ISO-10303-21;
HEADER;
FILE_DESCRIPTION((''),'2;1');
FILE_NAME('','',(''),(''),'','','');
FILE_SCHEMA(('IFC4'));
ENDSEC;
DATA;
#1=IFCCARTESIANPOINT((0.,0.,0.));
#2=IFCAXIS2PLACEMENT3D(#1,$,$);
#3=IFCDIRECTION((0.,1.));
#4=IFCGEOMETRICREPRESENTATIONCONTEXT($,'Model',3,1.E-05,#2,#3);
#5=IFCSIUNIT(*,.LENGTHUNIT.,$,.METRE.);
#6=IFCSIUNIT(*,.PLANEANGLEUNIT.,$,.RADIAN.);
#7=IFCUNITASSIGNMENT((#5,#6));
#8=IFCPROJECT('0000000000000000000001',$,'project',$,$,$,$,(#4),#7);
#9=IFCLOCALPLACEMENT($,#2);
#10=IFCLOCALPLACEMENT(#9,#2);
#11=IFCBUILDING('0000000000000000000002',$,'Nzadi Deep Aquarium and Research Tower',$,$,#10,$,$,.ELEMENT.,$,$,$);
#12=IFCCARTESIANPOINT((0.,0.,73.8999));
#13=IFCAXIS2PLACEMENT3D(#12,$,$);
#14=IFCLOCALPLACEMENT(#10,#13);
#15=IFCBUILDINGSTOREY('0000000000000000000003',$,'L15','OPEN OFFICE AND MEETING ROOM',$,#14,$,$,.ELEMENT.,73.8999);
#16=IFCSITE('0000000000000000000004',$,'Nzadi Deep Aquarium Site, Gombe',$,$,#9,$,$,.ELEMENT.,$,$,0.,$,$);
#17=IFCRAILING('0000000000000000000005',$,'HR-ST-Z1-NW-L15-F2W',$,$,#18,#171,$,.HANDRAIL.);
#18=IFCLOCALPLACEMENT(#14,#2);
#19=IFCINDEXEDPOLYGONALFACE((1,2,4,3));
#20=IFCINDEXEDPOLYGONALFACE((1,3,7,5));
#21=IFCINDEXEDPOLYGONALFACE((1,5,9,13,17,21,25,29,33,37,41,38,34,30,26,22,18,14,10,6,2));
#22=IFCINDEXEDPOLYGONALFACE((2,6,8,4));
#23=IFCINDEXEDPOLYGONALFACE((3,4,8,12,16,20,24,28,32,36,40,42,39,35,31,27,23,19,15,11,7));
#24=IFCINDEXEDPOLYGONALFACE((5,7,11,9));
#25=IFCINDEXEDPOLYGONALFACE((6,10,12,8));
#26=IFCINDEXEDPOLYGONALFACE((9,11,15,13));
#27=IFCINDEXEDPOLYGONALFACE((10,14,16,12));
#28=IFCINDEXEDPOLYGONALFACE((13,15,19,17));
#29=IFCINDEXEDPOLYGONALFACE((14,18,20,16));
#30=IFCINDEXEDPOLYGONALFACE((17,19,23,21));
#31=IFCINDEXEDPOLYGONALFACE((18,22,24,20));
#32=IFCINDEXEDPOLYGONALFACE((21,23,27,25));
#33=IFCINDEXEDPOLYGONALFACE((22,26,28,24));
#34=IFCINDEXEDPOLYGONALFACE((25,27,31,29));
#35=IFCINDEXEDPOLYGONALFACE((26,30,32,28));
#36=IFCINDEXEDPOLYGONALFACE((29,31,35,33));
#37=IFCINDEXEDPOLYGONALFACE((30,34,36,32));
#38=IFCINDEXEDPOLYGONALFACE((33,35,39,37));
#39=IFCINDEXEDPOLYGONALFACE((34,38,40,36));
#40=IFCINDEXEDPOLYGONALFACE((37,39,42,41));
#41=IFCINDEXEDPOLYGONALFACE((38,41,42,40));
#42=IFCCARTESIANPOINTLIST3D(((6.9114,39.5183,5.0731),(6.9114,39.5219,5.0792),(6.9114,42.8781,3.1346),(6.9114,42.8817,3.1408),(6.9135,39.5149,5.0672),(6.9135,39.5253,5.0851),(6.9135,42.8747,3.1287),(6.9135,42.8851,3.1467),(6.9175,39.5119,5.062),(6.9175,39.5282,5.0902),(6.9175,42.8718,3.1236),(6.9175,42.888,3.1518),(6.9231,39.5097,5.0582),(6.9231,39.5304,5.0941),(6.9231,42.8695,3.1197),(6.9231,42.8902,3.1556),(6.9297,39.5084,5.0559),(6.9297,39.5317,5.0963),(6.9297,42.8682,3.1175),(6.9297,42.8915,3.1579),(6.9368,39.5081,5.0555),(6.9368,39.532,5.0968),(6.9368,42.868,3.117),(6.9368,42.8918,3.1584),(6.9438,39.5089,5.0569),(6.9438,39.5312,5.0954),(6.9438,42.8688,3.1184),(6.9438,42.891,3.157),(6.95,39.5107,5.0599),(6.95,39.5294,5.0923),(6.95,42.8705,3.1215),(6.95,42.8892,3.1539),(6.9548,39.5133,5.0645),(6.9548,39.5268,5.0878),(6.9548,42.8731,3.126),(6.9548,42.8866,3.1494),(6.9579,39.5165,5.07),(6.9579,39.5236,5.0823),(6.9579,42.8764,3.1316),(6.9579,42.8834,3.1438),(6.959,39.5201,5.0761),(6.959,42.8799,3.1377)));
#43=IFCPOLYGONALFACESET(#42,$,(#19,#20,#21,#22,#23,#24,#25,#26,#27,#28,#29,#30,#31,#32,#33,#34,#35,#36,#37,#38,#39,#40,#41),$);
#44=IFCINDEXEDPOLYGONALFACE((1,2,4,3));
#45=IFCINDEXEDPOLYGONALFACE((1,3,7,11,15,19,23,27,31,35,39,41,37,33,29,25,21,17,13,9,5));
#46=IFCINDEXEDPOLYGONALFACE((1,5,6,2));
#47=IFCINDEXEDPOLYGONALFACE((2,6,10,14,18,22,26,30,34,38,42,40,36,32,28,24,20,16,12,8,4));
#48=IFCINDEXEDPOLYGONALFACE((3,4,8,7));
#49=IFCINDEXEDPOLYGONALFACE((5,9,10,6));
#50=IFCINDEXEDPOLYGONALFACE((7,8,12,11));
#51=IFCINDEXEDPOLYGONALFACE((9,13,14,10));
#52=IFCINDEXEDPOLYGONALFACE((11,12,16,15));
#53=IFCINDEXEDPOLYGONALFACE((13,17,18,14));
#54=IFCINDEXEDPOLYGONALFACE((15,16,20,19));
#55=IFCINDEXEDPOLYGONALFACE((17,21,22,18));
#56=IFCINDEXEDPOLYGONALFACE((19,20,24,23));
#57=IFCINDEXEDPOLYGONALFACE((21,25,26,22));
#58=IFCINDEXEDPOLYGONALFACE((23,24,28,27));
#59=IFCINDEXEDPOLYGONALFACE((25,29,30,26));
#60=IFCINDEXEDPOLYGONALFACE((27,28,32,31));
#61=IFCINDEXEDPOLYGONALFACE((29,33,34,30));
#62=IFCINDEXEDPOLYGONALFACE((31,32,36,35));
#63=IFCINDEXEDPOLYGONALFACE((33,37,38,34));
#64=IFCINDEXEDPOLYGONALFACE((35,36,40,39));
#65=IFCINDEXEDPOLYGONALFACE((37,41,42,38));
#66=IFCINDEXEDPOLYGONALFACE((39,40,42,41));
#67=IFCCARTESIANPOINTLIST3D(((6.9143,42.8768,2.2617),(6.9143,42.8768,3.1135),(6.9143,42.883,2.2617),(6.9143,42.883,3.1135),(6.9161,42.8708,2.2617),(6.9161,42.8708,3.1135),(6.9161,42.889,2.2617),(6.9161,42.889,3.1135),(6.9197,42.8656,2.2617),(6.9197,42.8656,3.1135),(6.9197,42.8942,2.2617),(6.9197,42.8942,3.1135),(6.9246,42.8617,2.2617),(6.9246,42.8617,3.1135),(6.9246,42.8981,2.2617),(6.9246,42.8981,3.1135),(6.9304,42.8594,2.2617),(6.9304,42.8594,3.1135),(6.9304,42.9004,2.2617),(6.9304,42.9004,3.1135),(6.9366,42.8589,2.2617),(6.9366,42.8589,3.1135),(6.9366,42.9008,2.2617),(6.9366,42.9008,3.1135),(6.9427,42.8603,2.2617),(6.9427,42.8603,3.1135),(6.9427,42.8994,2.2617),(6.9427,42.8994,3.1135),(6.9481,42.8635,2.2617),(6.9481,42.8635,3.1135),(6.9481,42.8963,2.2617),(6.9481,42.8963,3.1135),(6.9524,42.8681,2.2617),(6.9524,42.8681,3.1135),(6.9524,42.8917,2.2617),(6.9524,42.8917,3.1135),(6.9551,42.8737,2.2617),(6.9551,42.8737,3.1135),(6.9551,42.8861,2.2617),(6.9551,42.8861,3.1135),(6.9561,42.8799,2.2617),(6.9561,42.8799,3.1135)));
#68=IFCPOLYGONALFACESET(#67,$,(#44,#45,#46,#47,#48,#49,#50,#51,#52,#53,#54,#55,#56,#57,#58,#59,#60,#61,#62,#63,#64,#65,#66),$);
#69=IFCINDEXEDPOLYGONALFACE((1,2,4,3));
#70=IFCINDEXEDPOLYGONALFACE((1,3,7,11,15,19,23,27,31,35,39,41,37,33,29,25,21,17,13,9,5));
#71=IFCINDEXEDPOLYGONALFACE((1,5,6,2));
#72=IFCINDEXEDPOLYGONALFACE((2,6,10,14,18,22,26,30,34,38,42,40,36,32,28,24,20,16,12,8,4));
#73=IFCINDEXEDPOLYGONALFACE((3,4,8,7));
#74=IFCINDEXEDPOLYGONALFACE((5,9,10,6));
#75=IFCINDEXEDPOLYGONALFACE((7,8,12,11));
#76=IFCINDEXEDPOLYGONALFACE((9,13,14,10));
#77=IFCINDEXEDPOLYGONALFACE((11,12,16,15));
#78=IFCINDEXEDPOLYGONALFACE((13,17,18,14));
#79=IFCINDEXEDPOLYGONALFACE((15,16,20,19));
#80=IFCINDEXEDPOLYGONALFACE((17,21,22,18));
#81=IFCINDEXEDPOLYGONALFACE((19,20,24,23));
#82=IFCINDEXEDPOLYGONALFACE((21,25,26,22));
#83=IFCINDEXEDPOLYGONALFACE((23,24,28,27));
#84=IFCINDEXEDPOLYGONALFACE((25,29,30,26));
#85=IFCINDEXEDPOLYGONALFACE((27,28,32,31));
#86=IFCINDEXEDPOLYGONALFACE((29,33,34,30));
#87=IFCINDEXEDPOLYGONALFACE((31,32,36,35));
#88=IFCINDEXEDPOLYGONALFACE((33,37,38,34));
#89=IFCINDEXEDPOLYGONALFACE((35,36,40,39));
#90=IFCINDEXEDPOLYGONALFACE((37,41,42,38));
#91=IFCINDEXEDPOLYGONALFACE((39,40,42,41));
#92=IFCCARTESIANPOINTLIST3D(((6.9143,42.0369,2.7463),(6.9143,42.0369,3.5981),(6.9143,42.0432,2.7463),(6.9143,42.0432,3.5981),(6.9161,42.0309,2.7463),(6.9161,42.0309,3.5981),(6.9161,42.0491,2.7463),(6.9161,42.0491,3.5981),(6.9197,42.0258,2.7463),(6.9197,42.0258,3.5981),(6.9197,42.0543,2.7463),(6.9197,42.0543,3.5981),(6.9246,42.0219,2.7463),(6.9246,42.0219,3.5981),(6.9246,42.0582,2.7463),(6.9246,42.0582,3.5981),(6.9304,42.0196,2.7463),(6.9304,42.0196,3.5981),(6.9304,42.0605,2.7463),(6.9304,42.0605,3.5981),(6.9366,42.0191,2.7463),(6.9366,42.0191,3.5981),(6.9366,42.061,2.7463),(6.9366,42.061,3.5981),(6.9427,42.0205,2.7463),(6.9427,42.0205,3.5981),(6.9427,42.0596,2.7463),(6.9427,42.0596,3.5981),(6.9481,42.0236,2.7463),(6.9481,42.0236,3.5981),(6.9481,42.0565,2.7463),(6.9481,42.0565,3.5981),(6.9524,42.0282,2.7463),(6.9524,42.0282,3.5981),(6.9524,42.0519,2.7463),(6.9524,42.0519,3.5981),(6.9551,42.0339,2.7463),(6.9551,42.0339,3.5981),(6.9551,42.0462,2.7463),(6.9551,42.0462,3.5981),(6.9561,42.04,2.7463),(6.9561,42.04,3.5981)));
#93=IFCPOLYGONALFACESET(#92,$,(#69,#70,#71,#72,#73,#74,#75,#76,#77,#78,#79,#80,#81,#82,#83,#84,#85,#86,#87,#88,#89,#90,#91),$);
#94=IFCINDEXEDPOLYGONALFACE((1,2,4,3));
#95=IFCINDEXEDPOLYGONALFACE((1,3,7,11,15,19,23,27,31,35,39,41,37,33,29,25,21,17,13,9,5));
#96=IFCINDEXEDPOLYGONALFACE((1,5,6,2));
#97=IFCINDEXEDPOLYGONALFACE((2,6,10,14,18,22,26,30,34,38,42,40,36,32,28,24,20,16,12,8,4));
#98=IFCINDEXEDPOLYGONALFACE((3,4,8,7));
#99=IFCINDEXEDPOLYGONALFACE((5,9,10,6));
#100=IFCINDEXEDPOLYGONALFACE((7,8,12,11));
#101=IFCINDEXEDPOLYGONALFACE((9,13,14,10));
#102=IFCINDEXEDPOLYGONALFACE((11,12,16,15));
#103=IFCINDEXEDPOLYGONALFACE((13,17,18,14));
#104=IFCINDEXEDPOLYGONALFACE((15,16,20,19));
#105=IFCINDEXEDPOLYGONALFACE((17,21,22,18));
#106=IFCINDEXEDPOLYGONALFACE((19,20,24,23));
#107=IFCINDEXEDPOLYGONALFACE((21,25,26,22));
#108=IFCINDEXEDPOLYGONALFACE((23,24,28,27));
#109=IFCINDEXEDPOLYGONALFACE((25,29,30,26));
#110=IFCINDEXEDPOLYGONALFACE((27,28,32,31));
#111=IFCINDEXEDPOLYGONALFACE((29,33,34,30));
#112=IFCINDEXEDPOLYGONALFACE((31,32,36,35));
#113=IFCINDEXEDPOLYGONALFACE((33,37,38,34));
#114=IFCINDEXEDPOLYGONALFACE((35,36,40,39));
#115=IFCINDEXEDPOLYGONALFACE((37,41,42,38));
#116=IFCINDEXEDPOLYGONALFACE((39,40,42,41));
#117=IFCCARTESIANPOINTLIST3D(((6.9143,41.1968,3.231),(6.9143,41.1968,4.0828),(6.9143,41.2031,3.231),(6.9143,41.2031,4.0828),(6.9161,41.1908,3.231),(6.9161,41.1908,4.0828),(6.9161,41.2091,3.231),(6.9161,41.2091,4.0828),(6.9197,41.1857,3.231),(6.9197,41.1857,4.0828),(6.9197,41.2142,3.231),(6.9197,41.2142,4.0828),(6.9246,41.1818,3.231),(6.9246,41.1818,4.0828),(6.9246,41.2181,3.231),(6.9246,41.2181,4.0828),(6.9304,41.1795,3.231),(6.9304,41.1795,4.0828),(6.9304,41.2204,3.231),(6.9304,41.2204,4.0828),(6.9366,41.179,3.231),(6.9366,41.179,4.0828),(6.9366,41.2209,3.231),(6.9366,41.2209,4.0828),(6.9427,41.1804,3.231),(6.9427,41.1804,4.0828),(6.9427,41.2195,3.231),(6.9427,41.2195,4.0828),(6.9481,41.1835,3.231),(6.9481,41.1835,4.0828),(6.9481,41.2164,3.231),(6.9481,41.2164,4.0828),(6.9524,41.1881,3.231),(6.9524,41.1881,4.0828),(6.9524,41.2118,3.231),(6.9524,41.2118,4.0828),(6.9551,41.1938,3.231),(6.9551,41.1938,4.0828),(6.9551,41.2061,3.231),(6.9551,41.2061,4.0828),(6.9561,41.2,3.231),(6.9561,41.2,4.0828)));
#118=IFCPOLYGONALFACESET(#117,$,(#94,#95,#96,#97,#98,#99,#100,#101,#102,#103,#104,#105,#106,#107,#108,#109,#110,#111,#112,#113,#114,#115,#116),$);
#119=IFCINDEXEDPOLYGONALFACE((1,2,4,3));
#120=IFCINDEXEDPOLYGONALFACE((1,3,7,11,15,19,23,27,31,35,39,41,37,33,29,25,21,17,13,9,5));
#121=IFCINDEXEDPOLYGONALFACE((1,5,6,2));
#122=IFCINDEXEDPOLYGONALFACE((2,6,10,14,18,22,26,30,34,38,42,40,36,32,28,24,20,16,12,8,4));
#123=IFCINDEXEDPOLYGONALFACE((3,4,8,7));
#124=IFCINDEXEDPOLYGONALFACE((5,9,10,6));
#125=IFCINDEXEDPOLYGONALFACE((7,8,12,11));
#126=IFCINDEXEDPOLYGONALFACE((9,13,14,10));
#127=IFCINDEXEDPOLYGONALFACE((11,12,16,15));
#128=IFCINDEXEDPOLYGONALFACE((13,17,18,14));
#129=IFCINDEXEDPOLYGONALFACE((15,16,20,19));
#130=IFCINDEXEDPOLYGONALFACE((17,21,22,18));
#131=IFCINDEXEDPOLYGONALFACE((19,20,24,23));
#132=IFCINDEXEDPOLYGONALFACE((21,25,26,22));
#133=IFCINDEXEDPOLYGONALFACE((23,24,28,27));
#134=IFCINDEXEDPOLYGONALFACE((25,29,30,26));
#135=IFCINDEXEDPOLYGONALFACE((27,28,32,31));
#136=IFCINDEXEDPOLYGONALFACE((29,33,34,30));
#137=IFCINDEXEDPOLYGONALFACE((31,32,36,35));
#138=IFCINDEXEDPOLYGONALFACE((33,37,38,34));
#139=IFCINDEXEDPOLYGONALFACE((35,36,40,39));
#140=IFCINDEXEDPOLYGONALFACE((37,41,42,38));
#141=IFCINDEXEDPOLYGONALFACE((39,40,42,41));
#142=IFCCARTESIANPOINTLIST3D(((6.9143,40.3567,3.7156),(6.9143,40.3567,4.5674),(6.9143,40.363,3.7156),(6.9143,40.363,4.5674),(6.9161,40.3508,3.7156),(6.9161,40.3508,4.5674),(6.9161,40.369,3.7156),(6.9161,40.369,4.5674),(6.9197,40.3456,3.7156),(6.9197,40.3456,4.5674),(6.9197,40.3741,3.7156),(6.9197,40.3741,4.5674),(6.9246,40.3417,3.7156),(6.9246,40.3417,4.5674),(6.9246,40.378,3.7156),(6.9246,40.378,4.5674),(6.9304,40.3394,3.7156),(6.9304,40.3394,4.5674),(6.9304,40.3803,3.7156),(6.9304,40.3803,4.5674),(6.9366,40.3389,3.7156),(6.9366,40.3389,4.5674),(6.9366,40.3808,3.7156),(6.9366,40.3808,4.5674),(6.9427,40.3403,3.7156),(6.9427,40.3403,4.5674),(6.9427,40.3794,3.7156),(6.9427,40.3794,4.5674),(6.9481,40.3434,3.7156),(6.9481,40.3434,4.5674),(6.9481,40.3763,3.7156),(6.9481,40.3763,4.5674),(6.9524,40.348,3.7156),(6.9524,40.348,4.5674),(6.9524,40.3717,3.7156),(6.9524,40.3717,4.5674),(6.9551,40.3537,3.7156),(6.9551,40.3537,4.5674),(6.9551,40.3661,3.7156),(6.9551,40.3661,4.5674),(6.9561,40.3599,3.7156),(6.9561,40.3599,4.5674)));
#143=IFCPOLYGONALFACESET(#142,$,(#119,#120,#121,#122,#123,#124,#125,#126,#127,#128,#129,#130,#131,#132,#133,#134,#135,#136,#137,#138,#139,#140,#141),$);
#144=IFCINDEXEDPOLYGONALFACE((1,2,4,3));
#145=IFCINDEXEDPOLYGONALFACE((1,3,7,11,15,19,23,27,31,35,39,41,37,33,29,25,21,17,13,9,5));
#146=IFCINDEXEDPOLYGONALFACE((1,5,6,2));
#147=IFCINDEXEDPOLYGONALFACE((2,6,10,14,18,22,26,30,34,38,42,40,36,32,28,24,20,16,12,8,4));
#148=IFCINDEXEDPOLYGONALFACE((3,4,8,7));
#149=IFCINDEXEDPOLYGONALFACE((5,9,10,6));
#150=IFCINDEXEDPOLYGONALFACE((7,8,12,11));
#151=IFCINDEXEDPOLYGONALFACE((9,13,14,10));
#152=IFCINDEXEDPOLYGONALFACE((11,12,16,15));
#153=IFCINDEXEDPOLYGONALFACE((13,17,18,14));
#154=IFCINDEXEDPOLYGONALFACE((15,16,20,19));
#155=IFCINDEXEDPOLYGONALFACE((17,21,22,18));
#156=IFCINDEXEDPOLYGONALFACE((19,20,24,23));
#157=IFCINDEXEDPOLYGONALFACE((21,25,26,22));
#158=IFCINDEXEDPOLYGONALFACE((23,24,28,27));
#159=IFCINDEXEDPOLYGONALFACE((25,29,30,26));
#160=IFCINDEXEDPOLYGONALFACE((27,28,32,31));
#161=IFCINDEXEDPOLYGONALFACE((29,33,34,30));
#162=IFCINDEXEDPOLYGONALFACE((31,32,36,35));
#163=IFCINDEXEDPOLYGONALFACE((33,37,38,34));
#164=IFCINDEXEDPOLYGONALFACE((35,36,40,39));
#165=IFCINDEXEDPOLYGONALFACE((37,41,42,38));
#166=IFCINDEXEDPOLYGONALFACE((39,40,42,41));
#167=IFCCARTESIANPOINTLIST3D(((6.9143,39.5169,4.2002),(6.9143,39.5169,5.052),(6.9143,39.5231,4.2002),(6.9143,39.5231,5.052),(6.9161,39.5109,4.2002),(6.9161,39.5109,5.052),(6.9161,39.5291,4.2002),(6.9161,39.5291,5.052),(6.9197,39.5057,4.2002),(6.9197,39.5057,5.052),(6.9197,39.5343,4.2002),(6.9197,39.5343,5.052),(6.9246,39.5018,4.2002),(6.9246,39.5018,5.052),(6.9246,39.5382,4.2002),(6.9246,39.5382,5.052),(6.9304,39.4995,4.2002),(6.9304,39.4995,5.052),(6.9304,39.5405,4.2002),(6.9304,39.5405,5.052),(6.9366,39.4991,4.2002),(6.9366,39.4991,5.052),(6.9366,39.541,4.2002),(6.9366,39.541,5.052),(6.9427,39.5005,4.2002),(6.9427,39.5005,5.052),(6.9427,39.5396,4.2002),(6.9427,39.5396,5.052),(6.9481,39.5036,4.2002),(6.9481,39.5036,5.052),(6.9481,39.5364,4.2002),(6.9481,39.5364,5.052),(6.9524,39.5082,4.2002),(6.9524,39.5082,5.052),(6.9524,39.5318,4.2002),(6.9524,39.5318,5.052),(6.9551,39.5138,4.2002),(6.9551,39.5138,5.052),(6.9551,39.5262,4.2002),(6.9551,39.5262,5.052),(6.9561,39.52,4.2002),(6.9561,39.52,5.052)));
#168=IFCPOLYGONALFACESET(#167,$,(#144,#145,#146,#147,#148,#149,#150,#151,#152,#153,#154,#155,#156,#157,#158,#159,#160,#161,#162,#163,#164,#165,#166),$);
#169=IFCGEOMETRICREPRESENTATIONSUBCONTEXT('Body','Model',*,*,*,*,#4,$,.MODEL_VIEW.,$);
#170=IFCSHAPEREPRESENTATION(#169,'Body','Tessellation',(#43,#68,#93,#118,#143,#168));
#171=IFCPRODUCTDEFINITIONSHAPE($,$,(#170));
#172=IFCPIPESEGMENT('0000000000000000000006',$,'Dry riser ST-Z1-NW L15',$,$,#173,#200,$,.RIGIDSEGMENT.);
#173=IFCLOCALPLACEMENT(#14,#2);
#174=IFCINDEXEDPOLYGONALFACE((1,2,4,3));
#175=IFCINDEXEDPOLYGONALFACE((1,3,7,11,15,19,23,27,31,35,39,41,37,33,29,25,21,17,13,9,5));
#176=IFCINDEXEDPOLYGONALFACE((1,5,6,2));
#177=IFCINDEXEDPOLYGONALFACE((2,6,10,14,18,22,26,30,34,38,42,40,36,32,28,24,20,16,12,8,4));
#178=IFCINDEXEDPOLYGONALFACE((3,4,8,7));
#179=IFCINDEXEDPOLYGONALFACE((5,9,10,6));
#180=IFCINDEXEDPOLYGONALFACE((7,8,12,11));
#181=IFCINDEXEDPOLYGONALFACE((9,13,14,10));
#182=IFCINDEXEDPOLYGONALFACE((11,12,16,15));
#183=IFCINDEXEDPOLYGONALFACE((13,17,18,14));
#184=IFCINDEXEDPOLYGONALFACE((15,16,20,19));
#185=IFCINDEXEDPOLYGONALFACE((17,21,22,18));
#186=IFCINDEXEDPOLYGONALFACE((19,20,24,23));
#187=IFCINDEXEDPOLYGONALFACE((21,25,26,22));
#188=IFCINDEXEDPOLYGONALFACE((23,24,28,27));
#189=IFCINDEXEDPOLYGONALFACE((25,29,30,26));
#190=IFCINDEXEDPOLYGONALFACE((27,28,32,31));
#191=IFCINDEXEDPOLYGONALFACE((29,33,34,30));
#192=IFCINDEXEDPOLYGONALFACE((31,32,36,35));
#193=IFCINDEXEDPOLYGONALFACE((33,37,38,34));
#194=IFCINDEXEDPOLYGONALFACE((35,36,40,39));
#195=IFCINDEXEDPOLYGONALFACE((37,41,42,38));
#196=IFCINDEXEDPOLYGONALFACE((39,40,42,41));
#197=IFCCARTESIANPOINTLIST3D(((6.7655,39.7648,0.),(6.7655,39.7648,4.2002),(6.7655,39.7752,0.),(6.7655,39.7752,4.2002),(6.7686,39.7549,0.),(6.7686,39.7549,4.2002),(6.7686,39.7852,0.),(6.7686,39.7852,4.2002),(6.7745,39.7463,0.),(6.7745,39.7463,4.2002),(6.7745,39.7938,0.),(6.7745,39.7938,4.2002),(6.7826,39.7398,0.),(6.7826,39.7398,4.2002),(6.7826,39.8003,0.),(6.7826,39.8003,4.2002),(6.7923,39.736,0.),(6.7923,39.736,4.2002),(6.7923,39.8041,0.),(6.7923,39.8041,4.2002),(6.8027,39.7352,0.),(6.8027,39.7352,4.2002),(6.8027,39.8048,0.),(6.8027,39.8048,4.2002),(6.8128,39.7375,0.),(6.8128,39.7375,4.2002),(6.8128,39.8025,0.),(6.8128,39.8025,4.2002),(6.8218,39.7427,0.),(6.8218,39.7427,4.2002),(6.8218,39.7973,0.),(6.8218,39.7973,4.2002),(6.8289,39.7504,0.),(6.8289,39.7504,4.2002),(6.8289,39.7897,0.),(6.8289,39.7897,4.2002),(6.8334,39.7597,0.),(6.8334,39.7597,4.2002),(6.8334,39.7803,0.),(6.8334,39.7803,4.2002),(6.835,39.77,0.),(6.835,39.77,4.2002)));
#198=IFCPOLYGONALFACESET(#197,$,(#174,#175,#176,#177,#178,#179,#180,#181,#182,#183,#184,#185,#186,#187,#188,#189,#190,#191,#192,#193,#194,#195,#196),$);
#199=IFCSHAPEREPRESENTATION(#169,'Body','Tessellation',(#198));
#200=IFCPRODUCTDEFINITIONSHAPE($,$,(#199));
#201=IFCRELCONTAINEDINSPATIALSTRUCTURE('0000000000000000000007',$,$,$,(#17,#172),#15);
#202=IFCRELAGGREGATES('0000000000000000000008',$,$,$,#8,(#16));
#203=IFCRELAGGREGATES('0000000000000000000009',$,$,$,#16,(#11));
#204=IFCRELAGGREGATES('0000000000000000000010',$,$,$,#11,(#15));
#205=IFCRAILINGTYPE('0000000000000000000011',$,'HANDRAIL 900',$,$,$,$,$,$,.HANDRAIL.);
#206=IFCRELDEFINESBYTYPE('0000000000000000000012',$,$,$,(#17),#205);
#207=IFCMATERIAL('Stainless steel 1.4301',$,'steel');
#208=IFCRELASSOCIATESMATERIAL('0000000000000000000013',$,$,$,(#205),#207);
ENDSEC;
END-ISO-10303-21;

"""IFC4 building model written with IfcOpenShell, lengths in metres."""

from ifc_helpers import new_model, si_unit, direction, frame, origin, origin_2d, place, context, subcontext, project, spatial, circle, extrude, material, type_object, element, save


model = new_model("IFC4")

# Units and contexts
model_context = context("Model", 3, precision=1e-05, world=origin(), true_north=direction((0.0, 1.0)))
body_context = subcontext(model_context, "Body", "Model", "MODEL_VIEW")
ifc_project = project(units=[si_unit("LENGTHUNIT", "METRE"), si_unit("PLANEANGLEUNIT", "RADIAN")], contexts=[model_context])

# Site, building, storey
site_placement = place(None, origin())
site = spatial("IfcSite", under=ifc_project, at=site_placement, Name="Nzadi Deep Aquarium Site, Gombe", CompositionType="ELEMENT", RefElevation=0.0)
building_placement = place(site_placement, origin())
building = spatial("IfcBuilding", under=site, at=building_placement, Name="Nzadi Deep Aquarium and Research Tower", CompositionType="ELEMENT")
storey_placement = place(building_placement, frame((0.0, 0.0, 73.8999)))
storey = spatial("IfcBuildingStorey", under=building, at=storey_placement, Name="L15", Description="OPEN OFFICE AND MEETING ROOM", CompositionType="ELEMENT", Elevation=73.8999)

# Railing
ifc_material_1 = material(Name="Stainless steel 1.4301", Category="steel")
railing_type = type_object("IfcRailingType", Name="HANDRAIL 900", PredefinedType="HANDRAIL", material=ifc_material_1)
railing_placement = place(storey_placement, frame((6.9351, 42.8799, 2.2617)))
element("IfcRailing", 1, at=railing_placement, inside=storey, type_object=railing_type, Name="HR-ST-Z1-NW-L15-F2W", PredefinedType="HANDRAIL", context=body_context, shape_type="SweptSolid", body=[
    extrude(circle(Radius=0.0239, at=origin_2d()), frame((0.0, 0.0, 0.876), z_axis=(0.0, -0.866175, 0.499741), x_axis=(1.0, 0.0, 0.0)), (0.0, 0.0, 1.0), 3.8789),
    extrude(circle(Radius=0.021, at=origin_2d()), origin(), (0.0, 0.0, 1.0), 0.8518),
    extrude(circle(Radius=0.021, at=origin_2d()), frame((0.0, -0.8398, 0.4846)), (0.0, 0.0, 1.0), 0.8518),
    extrude(circle(Radius=0.021, at=origin_2d()), frame((0.0, -1.6799, 0.9692)), (0.0, 0.0, 1.0), 0.8518),
    extrude(circle(Radius=0.021, at=origin_2d()), frame((0.0, -2.52, 1.4539)), (0.0, 0.0, 1.0), 0.8518),
    extrude(circle(Radius=0.021, at=origin_2d()), frame((0.0, -3.3599, 1.9385)), (0.0, 0.0, 1.0), 0.8518),
])

# Pipe segment
pipe_segment_placement = place(storey_placement, frame((6.8, 39.77, 0.0), z_axis=(0.0, 0.0, 1.0), x_axis=(1.0, 0.0, 0.0)))
element("IfcPipeSegment", 2, at=pipe_segment_placement, inside=storey, Name="Dry riser ST-Z1-NW L15", PredefinedType="RIGIDSEGMENT", context=body_context, shape_type="SweptSolid", body=[
    extrude(circle(Radius=0.0349, at=origin_2d()), origin(), (0.0, 0.0, 1.0), 4.2002),
])

save(model, "model.ifc")
